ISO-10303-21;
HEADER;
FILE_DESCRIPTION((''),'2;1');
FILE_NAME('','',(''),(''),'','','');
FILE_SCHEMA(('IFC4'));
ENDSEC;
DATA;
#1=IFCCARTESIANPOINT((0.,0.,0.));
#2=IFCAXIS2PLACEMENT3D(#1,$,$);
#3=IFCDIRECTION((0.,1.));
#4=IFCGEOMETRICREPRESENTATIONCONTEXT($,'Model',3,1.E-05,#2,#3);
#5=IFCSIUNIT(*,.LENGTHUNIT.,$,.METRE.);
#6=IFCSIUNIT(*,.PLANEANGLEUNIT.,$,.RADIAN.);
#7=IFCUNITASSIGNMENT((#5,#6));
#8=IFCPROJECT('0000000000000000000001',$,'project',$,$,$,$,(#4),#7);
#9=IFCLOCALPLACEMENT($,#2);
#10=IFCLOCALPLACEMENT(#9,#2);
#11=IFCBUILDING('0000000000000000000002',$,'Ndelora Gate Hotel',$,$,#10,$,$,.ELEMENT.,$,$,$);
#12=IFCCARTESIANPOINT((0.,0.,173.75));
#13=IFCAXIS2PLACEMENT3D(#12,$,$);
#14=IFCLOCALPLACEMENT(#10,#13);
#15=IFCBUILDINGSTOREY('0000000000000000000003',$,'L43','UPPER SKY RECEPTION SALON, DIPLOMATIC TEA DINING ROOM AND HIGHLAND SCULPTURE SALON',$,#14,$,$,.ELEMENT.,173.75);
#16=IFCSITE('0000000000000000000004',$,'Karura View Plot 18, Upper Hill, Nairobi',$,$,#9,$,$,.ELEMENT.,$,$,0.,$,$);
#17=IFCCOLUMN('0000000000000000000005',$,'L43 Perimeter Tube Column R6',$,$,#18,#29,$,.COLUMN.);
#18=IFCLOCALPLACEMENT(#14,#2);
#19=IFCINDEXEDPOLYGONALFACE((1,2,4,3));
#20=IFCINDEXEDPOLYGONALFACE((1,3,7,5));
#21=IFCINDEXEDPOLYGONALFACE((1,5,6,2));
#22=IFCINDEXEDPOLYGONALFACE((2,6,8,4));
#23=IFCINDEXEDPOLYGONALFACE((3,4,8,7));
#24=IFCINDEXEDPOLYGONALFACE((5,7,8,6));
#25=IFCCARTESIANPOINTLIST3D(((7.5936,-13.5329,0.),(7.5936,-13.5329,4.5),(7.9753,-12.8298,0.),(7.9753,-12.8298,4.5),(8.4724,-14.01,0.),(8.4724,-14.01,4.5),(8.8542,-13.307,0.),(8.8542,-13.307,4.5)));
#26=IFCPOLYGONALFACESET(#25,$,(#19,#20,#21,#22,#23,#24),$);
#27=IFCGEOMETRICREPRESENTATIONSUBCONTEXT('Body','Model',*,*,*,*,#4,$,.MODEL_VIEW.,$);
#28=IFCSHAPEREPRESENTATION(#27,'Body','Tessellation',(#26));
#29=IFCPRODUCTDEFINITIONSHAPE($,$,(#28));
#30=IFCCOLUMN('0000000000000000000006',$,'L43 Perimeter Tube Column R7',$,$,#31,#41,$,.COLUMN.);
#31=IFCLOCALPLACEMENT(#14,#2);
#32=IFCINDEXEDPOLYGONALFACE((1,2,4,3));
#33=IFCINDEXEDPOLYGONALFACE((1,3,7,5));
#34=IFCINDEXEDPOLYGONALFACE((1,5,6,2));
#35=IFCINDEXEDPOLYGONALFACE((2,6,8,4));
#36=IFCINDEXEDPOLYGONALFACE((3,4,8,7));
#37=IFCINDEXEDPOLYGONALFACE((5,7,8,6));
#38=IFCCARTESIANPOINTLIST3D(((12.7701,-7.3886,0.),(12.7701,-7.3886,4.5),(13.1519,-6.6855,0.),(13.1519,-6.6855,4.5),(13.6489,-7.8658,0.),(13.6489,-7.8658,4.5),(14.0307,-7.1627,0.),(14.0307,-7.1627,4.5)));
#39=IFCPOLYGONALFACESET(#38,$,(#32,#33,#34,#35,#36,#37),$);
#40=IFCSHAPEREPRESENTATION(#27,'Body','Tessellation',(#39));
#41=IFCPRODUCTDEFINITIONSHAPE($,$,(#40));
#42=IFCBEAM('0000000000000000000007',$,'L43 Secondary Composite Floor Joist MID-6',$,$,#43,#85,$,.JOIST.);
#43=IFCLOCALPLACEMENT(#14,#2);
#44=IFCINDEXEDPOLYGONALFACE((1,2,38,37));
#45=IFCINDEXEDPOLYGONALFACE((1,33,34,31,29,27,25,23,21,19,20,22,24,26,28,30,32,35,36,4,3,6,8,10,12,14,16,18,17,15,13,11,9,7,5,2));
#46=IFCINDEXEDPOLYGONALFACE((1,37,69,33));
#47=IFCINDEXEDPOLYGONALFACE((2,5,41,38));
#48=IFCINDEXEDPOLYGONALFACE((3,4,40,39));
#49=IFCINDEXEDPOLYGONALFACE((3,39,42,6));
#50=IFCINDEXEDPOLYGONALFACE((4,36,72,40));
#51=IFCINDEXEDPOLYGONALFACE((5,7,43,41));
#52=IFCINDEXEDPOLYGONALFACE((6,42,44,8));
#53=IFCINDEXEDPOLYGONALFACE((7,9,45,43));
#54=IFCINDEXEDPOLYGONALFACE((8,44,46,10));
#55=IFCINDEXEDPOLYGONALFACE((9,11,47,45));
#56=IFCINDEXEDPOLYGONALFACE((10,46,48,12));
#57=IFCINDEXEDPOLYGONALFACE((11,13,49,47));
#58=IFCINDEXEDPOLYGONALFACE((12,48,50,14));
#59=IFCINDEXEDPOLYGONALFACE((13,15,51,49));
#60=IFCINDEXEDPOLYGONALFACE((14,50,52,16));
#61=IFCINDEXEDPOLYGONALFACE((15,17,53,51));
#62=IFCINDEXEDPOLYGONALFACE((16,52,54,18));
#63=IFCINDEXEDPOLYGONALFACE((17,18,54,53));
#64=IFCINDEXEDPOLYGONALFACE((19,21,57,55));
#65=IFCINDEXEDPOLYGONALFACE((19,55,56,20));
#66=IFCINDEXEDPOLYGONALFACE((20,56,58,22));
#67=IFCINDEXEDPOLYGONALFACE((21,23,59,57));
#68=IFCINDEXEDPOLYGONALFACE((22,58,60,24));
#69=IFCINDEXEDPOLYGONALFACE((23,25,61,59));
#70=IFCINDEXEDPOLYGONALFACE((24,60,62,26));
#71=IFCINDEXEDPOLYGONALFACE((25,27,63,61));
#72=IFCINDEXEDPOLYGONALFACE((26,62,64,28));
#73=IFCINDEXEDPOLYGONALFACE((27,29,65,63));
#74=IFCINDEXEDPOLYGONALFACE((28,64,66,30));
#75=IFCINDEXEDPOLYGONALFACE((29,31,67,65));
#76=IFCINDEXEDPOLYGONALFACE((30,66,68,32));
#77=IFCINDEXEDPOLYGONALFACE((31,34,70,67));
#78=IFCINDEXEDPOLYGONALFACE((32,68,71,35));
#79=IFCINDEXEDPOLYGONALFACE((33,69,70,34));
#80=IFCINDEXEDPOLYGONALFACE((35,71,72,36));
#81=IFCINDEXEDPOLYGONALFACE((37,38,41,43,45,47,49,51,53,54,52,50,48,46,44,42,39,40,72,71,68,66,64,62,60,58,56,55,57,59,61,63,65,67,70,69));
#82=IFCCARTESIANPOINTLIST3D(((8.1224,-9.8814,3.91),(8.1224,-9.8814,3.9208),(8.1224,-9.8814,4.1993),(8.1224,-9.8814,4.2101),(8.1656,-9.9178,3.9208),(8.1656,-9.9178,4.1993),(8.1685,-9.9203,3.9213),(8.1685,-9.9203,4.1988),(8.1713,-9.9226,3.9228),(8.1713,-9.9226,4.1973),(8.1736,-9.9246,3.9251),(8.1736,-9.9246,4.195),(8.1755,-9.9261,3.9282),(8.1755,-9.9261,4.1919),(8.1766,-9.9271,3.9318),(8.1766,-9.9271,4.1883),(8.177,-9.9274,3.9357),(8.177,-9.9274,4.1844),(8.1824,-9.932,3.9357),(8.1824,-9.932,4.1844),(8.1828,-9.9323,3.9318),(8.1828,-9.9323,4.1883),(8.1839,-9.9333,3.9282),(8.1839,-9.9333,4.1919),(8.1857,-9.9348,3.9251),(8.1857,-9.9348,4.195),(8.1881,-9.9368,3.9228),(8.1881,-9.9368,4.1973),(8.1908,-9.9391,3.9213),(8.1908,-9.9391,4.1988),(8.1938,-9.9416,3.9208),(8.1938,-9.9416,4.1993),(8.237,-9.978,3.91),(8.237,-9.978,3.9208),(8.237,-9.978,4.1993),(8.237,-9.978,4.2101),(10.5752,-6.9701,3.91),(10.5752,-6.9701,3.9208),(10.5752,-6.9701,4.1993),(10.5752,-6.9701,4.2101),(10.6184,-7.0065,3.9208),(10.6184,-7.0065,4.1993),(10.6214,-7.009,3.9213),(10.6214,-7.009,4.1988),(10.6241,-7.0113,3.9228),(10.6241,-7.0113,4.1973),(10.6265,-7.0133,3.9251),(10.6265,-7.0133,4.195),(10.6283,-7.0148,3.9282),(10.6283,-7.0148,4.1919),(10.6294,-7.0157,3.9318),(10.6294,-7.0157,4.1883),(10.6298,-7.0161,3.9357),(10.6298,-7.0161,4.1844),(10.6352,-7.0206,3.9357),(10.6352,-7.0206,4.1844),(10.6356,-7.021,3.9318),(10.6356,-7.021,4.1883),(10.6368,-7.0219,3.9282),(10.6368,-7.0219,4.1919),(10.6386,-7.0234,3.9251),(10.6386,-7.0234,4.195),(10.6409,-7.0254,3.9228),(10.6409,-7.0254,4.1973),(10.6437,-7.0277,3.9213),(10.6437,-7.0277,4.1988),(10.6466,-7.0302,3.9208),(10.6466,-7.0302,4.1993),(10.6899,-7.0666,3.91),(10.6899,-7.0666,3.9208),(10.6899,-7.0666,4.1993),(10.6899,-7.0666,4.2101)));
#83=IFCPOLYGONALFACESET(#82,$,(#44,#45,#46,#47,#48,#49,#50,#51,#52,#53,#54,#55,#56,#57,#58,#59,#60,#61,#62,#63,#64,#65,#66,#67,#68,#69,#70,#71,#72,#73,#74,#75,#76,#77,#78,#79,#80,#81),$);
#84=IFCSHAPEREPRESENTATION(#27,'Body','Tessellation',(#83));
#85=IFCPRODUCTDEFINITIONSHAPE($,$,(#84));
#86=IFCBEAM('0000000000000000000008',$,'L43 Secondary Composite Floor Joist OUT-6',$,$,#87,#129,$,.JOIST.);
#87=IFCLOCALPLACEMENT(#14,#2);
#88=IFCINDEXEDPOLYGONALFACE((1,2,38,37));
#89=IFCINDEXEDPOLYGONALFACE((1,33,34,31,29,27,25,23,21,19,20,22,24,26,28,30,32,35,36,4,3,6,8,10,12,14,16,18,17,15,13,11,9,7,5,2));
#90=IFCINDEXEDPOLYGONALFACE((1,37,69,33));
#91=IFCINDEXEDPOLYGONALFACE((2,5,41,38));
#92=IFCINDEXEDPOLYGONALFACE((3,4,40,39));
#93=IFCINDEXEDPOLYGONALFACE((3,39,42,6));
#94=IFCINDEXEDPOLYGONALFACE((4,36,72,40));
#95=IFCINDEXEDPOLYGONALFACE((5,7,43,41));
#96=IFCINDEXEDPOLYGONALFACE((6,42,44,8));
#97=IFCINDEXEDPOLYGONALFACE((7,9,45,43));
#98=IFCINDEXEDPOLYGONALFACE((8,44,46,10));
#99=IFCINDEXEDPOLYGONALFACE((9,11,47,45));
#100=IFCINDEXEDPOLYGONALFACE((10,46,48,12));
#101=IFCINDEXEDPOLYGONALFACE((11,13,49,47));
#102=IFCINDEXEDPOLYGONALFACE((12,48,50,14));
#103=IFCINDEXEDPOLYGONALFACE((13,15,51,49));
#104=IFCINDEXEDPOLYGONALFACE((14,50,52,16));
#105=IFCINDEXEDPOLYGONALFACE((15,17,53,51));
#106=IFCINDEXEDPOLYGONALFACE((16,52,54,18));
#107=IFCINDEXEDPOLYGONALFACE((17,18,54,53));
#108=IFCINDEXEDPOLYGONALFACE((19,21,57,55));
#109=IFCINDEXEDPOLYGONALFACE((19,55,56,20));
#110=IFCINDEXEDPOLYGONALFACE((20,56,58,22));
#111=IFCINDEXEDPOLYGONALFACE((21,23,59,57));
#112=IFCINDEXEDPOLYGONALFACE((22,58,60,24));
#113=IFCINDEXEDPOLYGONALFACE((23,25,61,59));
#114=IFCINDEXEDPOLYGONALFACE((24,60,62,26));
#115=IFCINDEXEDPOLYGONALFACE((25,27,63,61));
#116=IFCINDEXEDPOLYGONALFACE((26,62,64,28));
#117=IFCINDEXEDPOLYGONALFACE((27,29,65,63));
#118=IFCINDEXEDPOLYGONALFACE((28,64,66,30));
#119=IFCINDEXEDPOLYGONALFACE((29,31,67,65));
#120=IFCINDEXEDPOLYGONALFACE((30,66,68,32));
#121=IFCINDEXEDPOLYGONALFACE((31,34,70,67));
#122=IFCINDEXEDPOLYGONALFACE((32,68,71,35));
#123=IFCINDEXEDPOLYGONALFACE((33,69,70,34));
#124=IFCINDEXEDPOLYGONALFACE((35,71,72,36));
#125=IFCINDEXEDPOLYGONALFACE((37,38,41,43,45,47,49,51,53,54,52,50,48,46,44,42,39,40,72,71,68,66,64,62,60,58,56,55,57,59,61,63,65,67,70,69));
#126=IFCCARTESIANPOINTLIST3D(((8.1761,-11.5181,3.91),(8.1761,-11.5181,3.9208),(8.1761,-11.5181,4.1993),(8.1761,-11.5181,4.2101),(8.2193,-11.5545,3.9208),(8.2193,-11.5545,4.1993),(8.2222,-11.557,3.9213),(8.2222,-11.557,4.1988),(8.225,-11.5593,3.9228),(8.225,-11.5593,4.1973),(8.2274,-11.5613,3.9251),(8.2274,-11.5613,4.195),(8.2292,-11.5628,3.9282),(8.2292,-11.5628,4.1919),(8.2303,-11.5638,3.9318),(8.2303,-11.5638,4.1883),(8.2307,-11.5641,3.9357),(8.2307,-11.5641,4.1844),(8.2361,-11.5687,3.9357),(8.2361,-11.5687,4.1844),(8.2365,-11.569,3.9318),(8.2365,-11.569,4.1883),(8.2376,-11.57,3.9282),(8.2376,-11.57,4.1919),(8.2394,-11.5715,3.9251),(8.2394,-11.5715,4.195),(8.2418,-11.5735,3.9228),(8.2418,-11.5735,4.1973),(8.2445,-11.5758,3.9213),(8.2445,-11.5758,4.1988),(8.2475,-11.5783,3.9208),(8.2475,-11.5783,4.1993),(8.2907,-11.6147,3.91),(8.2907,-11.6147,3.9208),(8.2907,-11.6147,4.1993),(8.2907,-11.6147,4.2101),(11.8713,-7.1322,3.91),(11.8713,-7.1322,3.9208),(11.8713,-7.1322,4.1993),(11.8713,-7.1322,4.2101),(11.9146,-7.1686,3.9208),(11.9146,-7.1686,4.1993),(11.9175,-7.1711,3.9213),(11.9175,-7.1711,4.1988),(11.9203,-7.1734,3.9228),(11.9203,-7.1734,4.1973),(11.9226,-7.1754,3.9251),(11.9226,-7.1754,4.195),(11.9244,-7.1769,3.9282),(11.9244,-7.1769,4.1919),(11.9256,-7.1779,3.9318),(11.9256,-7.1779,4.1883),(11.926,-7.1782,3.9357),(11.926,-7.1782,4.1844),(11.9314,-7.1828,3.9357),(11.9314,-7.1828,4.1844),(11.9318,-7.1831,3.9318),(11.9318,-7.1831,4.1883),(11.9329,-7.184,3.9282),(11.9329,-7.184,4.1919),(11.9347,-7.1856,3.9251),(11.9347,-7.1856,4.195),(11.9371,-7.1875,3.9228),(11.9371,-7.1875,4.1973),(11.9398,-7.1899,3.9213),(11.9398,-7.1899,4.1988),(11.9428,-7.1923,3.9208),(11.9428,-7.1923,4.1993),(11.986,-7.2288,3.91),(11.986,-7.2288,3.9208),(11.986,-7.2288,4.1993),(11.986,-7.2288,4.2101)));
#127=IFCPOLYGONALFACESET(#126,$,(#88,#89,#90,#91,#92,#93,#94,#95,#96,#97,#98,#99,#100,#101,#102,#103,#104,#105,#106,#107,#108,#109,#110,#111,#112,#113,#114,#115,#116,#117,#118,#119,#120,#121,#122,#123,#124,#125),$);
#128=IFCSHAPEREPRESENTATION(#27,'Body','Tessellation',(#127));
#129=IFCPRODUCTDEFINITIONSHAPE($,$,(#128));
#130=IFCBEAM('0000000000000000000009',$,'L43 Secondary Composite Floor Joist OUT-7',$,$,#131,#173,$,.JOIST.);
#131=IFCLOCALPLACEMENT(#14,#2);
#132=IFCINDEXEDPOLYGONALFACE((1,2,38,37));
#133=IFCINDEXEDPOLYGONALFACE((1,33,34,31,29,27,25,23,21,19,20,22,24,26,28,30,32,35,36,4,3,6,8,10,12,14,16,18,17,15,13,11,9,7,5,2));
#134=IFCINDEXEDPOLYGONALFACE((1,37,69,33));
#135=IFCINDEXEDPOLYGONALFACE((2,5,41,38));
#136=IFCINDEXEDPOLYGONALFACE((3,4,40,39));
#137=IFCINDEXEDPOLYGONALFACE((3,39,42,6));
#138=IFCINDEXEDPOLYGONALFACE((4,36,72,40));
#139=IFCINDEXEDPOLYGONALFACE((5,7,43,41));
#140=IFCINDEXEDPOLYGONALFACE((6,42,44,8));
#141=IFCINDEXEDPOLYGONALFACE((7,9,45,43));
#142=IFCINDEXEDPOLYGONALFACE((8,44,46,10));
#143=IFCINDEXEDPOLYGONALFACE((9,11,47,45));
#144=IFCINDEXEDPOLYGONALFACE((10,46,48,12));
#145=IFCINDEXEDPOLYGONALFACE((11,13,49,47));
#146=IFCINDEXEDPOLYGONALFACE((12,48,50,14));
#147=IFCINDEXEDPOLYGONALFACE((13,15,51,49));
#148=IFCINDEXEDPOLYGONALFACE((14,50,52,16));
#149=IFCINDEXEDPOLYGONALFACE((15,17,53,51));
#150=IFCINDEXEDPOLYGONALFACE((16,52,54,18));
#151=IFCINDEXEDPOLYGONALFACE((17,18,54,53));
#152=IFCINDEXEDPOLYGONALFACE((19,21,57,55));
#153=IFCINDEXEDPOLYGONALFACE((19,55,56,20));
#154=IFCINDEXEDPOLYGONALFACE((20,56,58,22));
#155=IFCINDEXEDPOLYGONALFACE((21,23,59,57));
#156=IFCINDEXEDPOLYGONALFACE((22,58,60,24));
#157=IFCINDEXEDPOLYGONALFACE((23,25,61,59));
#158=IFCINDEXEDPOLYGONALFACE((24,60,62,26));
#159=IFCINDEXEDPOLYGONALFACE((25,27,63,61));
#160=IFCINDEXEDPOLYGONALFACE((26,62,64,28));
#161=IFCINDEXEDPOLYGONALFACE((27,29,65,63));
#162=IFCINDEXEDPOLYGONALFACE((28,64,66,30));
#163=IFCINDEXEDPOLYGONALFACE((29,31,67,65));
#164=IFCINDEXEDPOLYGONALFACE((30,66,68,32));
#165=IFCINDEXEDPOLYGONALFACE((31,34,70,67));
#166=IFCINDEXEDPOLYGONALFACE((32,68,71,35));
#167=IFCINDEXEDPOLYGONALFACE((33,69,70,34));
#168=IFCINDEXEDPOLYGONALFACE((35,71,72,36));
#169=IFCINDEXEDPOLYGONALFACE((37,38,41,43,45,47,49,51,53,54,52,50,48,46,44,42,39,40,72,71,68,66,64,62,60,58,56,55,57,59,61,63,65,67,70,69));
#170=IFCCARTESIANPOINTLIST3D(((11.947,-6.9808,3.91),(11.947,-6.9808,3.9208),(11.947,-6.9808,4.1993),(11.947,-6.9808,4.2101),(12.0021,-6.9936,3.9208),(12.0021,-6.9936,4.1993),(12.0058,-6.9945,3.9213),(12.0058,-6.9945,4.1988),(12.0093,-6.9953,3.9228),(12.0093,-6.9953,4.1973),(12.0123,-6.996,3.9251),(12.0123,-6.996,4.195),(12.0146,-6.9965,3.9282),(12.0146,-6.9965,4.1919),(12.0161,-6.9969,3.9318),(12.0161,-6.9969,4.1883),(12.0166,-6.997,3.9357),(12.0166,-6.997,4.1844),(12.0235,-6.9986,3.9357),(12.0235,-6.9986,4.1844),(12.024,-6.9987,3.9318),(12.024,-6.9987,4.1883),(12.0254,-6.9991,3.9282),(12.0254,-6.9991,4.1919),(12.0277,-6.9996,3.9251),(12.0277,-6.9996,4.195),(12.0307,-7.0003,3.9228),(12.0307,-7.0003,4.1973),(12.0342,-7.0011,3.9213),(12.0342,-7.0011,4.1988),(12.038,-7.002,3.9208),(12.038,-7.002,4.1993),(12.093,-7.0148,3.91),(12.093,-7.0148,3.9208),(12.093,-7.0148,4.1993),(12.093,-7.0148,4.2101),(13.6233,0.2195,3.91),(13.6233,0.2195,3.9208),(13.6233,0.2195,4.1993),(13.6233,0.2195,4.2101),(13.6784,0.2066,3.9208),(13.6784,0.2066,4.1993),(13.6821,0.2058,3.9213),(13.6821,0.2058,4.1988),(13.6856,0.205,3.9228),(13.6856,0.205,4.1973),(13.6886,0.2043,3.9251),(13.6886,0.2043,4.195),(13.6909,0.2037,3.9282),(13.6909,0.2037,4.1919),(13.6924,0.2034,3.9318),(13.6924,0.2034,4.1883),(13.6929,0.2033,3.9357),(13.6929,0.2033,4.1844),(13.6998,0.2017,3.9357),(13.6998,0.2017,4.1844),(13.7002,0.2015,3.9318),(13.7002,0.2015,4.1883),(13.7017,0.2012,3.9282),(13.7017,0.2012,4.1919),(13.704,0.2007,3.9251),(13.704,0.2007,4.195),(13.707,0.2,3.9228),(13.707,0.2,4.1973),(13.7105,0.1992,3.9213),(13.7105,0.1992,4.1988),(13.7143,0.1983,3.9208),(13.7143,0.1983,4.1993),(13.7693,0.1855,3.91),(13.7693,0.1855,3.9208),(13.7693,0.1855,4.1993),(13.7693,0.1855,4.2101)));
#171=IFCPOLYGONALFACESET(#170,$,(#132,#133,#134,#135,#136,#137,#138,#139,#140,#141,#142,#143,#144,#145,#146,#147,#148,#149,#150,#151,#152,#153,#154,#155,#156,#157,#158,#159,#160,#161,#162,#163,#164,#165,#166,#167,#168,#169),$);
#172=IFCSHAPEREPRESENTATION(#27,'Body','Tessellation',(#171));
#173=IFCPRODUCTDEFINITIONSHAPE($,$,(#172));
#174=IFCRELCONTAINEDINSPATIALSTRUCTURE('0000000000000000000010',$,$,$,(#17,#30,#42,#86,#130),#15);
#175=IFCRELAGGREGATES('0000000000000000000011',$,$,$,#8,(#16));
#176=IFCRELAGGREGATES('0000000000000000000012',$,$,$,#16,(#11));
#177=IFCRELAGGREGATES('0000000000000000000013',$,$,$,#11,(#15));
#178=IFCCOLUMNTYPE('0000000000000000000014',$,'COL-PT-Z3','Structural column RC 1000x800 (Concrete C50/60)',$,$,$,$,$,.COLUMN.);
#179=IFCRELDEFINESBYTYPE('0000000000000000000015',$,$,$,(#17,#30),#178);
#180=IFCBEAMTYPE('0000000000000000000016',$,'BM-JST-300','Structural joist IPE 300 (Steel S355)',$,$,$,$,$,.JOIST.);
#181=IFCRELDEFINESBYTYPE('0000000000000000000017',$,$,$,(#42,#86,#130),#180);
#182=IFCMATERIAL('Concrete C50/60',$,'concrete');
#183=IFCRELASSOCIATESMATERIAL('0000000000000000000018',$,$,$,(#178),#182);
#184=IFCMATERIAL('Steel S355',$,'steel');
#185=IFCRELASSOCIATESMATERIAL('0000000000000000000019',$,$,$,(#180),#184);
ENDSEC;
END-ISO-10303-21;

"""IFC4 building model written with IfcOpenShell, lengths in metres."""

from ifc_helpers import new_model, si_unit, direction, frame, origin, origin_2d, place, context, subcontext, project, spatial, rectangle, i_section, extrude, material, material_profile, profile_set, type_object, element, save


model = new_model("IFC4")

# Units and contexts
model_context = context("Model", 3, precision=1e-05, world=origin(), true_north=direction((0.0, 1.0)))
body_context = subcontext(model_context, "Body", "Model", "MODEL_VIEW")
ifc_project = project(units=[si_unit("LENGTHUNIT", "METRE"), si_unit("PLANEANGLEUNIT", "RADIAN")], contexts=[model_context])

# Site, building, storey
site_placement = place(None, origin())
site = spatial("IfcSite", under=ifc_project, at=site_placement, Name="Karura View Plot 18, Upper Hill, Nairobi", CompositionType="ELEMENT", RefElevation=0.0)
building_placement = place(site_placement, origin())
building = spatial("IfcBuilding", under=site, at=building_placement, Name="Ndelora Gate Hotel", CompositionType="ELEMENT")
storey_placement = place(building_placement, frame((0.0, 0.0, 173.75)))
storey = spatial("IfcBuildingStorey", under=building, at=storey_placement, Name="L43", Description="UPPER SKY RECEPTION SALON, DIPLOMATIC TEA DINING ROOM AND HIGHLAND SCULPTURE SALON", CompositionType="ELEMENT", Elevation=173.75)

# Columns
ifc_material_1 = material(Name="Concrete C50/60", Category="concrete")
ifc_material_profile_1 = material_profile(ifc_material_1, rectangle(XDim=0.8, YDim=1.0, at=origin_2d()), Name="RC 1000x800")
ifc_profile_set_1 = profile_set([ifc_material_profile_1], Name="Concrete C50/60")
column_type = type_object("IfcColumnType", Name="COL-PT-Z3", Description="Structural column RC 1000x800 (Concrete C50/60)", PredefinedType="COLUMN", material=ifc_profile_set_1)
for number, where, z_axis, x_axis, name in (
    (1, (8.2239, -13.4199, 0.0), (0.0, 0.0, 1.0), (0.477159, 0.878817, 0.0), "L43 Perimeter Tube Column R6"),
    (2, (13.4004, -7.2756, 0.0), (0.0, 0.0, 1.0), (0.477159, 0.878817, 0.0), "L43 Perimeter Tube Column R7"),
):
    element("IfcColumn", number, at=place(storey_placement, frame(where, z_axis=z_axis, x_axis=x_axis)), inside=storey, type_object=column_type, Name=name, PredefinedType="COLUMN", context=body_context, shape_type="SweptSolid", body=[
        extrude(rectangle(XDim=0.8, YDim=1.0, at=origin_2d()), origin(), (0.0, 0.0, 1.0), 4.5),
    ])

# Beams
ifc_material_2 = material(Name="Steel S355", Category="steel")
ifc_material_profile_2 = material_profile(ifc_material_2, i_section(OverallWidth=0.1499, OverallDepth=0.3, WebThickness=0.0071, FlangeThickness=0.0107, FilletRadius=0.0149, at=origin_2d()), Name="IPE 300")
ifc_profile_set_2 = profile_set([ifc_material_profile_2], Name="Steel S355")
beam_type_1 = type_object("IfcBeamType", Name="BM-JST-300", Description="Structural joist IPE 300 (Steel S355)", PredefinedType="JOIST", material=ifc_profile_set_2)
beam_1_placement = place(storey_placement, frame((8.1797, -9.9297, 4.0601), z_axis=(0.644319, 0.764757, 0.0), x_axis=(-0.764757, 0.644319, 0.0)))
element("IfcBeam", 3, at=beam_1_placement, inside=storey, type_object=beam_type_1, Name="L43 Secondary Composite Floor Joist MID-6", PredefinedType="JOIST", context=body_context, shape_type="SweptSolid", body=[
    extrude(i_section(OverallWidth=0.1499, OverallDepth=0.3, WebThickness=0.0071, FlangeThickness=0.0107, FilletRadius=0.0149, at=origin_2d()), origin(), (0.0, 0.0, 1.0), 3.8069),
])
beam_2_placement = place(storey_placement, frame((8.2334, -11.5664, 4.0601), z_axis=(0.644324, 0.764752, 0.0), x_axis=(-0.764752, 0.644324, 0.0)))
element("IfcBeam", 4, at=beam_2_placement, inside=storey, type_object=beam_type_1, Name="L43 Secondary Composite Floor Joist OUT-6", PredefinedType="JOIST", context=body_context, shape_type="SweptSolid", body=[
    extrude(i_section(OverallWidth=0.1499, OverallDepth=0.3, WebThickness=0.0071, FlangeThickness=0.0107, FilletRadius=0.0149, at=origin_2d()), origin(), (0.0, 0.0, 1.0), 5.7351),
])
beam_3_placement = place(storey_placement, frame((12.02, -6.9978, 4.0601), z_axis=(0.226745, 0.973954, 0.0), x_axis=(-0.973954, 0.226745, 0.0)))
element("IfcBeam", 5, at=beam_3_placement, inside=storey, type_object=beam_type_1, Name="L43 Secondary Composite Floor Joist OUT-7", PredefinedType="JOIST", context=body_context, shape_type="SweptSolid", body=[
    extrude(i_section(OverallWidth=0.1499, OverallDepth=0.3, WebThickness=0.0071, FlangeThickness=0.0107, FilletRadius=0.0149, at=origin_2d()), origin(), (0.0, 0.0, 1.0), 7.3928),
])

save(model, "model.ifc")
